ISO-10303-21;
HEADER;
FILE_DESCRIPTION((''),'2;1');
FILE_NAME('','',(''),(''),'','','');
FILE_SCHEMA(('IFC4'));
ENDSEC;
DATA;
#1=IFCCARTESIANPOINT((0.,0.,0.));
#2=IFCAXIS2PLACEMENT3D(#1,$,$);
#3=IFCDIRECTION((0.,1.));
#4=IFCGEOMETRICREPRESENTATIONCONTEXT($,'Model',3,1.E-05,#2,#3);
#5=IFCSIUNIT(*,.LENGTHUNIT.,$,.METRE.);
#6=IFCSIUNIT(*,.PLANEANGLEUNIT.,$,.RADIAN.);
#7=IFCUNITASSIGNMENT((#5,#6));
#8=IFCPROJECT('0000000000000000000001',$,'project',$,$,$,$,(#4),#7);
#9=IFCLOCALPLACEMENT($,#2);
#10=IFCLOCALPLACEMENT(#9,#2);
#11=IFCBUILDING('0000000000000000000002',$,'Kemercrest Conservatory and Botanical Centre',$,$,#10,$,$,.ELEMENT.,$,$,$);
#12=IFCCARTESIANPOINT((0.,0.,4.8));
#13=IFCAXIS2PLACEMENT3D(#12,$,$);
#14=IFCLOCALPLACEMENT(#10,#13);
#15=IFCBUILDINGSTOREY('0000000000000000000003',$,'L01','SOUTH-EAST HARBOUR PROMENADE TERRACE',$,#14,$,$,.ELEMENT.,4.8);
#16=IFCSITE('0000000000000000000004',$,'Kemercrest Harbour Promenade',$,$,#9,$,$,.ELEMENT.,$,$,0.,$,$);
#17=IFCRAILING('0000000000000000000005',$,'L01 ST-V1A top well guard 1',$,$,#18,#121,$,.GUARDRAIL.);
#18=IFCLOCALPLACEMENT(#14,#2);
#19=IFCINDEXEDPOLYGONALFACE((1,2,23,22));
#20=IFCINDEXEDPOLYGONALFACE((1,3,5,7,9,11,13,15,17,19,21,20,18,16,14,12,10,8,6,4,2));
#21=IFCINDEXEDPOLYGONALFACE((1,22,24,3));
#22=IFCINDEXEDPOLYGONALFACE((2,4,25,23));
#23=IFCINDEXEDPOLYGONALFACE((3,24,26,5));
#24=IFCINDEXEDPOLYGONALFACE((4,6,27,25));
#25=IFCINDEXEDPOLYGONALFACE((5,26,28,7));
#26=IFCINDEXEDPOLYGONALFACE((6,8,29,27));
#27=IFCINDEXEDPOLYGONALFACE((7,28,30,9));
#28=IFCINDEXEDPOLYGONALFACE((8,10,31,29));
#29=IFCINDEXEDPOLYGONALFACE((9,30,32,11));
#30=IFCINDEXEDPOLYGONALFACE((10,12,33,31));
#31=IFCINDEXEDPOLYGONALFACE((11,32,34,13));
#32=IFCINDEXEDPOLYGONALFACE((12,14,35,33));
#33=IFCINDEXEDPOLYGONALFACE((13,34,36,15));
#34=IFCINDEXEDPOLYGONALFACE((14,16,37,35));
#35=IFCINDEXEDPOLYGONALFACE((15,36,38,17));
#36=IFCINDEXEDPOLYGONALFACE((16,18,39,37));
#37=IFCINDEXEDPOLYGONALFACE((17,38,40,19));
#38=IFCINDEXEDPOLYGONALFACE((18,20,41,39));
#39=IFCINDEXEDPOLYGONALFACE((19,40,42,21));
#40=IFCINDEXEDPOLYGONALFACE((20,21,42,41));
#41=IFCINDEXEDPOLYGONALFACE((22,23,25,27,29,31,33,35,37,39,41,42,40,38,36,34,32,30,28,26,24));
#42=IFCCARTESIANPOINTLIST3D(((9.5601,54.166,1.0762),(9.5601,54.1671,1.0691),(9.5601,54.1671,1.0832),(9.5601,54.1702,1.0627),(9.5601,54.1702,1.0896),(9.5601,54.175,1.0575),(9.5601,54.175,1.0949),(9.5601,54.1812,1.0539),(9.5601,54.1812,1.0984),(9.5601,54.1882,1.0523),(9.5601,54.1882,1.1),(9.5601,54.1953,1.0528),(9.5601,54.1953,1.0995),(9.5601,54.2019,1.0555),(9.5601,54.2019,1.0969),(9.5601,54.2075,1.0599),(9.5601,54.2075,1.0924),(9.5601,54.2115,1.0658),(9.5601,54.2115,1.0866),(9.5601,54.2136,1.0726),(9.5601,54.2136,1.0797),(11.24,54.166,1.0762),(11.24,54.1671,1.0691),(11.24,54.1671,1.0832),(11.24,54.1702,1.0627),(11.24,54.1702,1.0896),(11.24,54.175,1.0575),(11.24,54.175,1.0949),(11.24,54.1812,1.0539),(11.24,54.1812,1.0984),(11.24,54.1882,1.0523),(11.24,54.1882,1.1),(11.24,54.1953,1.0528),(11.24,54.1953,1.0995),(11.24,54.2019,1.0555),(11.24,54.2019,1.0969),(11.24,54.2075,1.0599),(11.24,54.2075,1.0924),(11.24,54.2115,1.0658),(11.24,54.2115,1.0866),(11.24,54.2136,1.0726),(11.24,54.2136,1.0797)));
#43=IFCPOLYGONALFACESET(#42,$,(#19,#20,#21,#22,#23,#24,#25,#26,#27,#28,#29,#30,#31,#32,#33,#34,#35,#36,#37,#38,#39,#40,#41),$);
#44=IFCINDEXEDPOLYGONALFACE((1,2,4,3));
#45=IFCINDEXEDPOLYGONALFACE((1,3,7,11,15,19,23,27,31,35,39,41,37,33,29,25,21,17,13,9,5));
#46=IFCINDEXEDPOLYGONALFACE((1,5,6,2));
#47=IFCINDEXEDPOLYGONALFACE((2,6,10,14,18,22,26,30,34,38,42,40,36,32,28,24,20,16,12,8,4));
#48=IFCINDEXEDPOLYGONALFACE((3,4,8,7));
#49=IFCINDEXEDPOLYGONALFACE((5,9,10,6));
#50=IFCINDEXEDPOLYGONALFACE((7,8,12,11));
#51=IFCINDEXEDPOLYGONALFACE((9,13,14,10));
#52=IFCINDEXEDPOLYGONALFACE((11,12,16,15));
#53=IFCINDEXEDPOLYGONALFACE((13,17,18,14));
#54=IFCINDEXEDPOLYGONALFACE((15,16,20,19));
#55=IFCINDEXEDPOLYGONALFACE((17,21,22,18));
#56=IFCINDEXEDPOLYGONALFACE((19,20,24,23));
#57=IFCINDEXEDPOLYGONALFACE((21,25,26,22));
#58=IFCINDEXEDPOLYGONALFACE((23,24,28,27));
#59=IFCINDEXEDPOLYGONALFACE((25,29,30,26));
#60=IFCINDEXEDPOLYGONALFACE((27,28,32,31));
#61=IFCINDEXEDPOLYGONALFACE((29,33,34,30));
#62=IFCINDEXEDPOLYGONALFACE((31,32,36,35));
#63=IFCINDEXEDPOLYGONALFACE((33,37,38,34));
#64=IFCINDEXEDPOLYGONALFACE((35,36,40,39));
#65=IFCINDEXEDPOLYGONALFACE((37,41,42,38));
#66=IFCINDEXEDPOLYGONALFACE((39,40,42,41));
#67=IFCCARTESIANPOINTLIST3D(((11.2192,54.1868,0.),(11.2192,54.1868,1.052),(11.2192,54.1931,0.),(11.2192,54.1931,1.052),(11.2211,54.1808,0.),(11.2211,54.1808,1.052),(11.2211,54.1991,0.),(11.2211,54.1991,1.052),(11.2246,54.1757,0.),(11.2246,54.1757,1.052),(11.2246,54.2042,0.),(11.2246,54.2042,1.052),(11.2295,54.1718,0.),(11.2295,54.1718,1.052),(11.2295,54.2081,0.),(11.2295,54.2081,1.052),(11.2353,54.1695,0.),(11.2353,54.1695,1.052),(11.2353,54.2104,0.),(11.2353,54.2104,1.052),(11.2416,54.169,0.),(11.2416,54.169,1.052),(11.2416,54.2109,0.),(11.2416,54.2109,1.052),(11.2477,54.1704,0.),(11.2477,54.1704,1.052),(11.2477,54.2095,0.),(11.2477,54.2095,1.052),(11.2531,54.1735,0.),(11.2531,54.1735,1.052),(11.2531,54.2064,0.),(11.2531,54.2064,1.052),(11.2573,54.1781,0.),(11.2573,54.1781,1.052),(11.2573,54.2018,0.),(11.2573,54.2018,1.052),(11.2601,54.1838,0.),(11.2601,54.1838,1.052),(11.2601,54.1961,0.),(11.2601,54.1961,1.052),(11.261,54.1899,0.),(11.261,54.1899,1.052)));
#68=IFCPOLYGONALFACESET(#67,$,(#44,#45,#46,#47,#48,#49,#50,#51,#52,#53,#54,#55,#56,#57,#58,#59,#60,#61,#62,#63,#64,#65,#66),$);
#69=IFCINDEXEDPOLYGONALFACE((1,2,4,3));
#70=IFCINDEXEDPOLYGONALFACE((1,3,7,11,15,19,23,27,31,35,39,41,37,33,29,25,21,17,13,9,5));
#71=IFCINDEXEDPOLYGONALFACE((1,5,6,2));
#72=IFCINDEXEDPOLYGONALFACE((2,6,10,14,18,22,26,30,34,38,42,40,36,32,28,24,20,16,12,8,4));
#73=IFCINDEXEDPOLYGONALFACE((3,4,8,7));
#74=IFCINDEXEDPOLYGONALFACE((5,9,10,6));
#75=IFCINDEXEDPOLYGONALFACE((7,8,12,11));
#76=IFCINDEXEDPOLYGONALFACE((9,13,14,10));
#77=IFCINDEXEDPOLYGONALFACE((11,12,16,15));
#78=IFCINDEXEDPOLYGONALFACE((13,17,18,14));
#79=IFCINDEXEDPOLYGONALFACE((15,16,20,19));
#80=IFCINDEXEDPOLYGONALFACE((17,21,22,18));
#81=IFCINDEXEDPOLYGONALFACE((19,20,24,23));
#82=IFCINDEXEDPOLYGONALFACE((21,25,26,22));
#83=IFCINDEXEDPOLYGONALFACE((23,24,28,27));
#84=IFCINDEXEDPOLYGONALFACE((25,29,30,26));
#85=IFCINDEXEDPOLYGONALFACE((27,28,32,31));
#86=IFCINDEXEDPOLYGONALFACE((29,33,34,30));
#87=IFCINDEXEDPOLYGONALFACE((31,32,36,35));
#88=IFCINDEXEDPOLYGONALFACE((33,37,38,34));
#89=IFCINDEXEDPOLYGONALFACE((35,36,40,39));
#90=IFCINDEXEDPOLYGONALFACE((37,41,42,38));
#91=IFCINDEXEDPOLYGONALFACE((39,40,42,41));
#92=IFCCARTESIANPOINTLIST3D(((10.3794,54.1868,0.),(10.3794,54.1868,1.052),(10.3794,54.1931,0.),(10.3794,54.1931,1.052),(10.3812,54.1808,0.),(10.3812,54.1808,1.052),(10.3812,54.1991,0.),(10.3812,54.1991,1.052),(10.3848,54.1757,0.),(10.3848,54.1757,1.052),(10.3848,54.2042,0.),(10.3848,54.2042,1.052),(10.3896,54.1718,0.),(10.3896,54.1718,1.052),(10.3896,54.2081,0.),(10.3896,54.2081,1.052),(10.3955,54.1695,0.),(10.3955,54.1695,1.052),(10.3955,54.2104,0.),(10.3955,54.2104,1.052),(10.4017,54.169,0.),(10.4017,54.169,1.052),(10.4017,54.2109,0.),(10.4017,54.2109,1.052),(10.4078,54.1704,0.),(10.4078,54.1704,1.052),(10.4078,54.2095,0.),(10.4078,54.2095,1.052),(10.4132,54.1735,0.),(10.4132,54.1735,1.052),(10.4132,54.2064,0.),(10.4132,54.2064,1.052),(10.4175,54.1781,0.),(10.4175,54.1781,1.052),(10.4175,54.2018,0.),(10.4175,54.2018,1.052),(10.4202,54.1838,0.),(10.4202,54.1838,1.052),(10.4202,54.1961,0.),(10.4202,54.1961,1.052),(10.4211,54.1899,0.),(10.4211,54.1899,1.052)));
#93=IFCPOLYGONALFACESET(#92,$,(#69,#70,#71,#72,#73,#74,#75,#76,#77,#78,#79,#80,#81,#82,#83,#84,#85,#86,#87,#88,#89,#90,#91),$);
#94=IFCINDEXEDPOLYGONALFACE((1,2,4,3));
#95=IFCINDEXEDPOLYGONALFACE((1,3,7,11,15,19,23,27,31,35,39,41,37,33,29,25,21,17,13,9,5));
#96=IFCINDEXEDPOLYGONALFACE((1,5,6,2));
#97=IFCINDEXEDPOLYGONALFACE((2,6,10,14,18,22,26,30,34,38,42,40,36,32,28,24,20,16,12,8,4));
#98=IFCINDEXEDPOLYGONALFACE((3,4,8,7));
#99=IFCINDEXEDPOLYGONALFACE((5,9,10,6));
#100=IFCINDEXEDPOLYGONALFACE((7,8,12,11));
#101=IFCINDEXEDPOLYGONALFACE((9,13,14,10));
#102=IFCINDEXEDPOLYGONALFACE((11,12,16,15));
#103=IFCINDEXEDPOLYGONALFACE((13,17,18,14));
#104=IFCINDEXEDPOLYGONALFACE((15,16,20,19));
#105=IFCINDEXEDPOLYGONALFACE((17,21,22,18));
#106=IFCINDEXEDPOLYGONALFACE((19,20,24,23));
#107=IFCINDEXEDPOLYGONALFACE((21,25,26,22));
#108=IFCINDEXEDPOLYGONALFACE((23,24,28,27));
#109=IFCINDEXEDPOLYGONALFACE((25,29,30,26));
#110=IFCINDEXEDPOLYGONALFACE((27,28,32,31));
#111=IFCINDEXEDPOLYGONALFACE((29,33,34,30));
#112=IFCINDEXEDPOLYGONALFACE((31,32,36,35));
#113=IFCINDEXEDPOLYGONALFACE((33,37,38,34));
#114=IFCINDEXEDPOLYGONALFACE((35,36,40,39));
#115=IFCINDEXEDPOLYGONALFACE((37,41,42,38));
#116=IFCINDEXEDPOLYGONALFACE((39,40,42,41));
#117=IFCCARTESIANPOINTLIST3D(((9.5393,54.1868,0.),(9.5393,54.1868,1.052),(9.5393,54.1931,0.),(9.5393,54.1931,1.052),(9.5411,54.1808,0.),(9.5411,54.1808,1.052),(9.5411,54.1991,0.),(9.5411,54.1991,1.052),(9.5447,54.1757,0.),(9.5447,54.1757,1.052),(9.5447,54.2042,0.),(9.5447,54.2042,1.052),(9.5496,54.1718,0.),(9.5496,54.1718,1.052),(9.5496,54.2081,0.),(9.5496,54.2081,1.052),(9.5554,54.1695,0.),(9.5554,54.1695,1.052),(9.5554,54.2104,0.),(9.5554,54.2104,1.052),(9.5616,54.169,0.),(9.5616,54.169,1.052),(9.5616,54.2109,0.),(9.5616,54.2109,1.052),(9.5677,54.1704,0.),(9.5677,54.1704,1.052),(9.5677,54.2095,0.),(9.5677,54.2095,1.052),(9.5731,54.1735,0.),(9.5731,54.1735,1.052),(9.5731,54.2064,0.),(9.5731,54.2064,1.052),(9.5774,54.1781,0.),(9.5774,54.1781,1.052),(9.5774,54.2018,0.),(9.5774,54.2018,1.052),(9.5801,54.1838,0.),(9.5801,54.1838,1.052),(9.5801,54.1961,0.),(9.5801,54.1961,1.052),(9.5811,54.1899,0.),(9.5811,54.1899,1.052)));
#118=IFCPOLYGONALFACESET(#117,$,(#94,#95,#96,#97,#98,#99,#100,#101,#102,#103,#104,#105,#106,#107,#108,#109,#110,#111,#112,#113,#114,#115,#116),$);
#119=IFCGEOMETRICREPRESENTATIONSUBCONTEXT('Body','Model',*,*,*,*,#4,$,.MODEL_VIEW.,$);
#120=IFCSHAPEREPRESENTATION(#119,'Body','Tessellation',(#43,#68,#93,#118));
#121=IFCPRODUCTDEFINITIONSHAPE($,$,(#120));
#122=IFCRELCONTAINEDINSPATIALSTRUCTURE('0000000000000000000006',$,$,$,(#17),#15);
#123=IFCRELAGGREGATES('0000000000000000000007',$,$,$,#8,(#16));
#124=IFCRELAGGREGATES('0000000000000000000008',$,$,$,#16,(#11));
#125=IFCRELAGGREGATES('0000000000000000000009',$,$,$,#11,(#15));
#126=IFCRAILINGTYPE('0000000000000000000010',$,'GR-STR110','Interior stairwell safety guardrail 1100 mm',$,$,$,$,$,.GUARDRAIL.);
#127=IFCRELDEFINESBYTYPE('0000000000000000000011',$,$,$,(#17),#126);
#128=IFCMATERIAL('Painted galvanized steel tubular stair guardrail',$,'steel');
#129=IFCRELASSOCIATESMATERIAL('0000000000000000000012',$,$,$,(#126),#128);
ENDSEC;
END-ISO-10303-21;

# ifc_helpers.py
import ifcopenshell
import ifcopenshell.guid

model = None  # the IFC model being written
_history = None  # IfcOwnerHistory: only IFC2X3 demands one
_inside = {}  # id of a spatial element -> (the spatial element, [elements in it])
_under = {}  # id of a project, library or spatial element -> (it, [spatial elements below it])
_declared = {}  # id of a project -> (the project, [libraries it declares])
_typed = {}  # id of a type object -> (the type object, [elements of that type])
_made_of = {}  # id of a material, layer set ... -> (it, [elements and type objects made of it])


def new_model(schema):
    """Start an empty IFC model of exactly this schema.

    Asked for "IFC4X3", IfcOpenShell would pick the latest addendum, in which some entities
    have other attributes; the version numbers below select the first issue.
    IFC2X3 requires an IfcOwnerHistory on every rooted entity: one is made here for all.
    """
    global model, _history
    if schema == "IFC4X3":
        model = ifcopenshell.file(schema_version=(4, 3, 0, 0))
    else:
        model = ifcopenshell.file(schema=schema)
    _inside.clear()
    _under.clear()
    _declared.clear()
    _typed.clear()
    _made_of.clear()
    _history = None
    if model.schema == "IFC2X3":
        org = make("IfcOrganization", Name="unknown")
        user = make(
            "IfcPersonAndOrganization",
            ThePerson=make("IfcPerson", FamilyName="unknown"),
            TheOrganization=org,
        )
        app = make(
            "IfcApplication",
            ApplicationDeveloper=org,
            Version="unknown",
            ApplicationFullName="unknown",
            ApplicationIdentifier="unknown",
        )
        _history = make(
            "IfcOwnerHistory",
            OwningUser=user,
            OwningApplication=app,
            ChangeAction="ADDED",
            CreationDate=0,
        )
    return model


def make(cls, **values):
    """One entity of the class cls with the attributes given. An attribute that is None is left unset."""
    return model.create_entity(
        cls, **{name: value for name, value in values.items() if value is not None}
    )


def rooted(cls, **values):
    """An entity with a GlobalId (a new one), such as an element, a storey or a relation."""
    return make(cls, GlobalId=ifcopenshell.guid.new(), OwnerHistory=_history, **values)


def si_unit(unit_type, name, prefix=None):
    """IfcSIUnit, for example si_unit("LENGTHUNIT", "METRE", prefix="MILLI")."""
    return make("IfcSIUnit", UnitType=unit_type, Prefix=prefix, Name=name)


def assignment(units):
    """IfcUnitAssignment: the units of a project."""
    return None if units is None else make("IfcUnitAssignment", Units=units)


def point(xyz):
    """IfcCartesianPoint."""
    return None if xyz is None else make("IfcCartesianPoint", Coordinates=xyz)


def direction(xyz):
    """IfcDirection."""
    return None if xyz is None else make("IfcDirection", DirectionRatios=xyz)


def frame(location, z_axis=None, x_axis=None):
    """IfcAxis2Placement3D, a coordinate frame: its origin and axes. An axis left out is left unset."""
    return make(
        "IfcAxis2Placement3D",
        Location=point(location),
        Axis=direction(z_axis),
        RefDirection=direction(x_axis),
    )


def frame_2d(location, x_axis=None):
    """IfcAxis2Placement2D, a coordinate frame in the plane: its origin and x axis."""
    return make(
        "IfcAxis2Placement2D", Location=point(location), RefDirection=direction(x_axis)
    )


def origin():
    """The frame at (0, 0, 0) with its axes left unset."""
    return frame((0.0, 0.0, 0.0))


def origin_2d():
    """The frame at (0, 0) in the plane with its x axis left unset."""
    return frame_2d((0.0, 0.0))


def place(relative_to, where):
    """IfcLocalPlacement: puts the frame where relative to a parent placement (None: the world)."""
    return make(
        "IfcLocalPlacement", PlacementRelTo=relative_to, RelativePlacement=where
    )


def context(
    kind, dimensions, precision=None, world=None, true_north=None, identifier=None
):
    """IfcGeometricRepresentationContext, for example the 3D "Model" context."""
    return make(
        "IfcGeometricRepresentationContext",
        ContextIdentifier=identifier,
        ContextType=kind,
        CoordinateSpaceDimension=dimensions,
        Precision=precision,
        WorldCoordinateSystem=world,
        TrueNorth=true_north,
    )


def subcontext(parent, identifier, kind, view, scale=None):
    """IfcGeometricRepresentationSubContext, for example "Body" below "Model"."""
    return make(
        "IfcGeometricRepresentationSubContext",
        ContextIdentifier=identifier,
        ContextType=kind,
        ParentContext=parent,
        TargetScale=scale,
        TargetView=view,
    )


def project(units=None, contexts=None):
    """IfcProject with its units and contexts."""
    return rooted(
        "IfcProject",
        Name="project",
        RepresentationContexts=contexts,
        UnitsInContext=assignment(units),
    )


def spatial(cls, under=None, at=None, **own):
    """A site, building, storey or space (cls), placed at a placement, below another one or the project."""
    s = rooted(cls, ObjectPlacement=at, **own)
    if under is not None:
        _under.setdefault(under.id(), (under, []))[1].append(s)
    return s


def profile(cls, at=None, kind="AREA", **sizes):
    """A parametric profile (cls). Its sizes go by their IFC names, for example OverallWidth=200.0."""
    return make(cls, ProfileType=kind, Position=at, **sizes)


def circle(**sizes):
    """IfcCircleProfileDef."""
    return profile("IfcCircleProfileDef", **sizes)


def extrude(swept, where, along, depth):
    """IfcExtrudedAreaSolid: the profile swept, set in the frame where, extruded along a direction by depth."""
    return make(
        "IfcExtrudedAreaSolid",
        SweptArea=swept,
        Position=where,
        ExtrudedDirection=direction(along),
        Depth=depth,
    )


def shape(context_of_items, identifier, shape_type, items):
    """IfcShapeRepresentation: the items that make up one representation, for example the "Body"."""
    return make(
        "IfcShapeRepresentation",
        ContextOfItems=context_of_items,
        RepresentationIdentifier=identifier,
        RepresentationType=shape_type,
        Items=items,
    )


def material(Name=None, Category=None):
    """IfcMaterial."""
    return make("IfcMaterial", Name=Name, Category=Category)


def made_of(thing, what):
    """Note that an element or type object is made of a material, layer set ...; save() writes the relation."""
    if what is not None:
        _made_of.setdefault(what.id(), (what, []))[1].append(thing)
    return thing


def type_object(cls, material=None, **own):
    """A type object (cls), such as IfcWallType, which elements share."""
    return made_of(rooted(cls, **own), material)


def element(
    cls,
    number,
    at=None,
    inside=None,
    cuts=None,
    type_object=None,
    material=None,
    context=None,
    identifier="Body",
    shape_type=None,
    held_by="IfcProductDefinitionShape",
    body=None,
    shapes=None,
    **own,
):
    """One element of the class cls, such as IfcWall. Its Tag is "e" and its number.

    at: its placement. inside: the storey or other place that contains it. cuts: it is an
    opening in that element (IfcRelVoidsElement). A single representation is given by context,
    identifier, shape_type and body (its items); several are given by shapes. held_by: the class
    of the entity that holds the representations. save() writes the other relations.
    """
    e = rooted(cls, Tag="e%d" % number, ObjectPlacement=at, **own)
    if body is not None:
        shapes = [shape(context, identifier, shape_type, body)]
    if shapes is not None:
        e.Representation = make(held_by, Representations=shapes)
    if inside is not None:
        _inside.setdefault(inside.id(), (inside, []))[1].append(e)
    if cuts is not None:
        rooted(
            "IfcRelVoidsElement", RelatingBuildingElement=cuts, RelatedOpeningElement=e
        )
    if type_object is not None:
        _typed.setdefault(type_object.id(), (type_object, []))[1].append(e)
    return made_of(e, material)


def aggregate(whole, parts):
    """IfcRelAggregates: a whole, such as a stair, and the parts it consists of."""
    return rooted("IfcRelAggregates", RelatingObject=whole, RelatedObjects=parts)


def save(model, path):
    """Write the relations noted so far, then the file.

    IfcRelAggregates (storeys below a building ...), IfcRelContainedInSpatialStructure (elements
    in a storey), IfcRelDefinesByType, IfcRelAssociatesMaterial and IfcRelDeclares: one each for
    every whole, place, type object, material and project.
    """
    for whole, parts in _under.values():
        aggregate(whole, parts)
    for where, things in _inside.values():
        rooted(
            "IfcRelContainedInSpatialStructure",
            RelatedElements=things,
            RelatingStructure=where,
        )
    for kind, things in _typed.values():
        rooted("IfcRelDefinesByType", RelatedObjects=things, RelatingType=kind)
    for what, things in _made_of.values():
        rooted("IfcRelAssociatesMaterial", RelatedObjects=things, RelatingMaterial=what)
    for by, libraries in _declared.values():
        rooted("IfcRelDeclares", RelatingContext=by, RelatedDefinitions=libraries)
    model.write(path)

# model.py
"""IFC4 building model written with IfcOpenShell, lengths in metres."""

from ifc_helpers import new_model, si_unit, direction, frame, origin, origin_2d, place, context, subcontext, project, spatial, circle, extrude, material, type_object, element, save


model = new_model("IFC4")

# Units and contexts
model_context = context("Model", 3, precision=1e-05, world=origin(), true_north=direction((0.0, 1.0)))
body_context = subcontext(model_context, "Body", "Model", "MODEL_VIEW")
ifc_project = project(units=[si_unit("LENGTHUNIT", "METRE"), si_unit("PLANEANGLEUNIT", "RADIAN")], contexts=[model_context])

# Site, building, storey
site_placement = place(None, origin())
site = spatial("IfcSite", under=ifc_project, at=site_placement, Name="Kemercrest Harbour Promenade", CompositionType="ELEMENT", RefElevation=0.0)
building_placement = place(site_placement, origin())
building = spatial("IfcBuilding", under=site, at=building_placement, Name="Kemercrest Conservatory and Botanical Centre", CompositionType="ELEMENT")
storey_placement = place(building_placement, frame((0.0, 0.0, 4.8)))
storey = spatial("IfcBuildingStorey", under=building, at=storey_placement, Name="L01", Description="SOUTH-EAST HARBOUR PROMENADE TERRACE", CompositionType="ELEMENT", Elevation=4.8)

# Railing
ifc_material_1 = material(Name="Painted galvanized steel tubular stair guardrail", Category="steel")
railing_type = type_object("IfcRailingType", Name="GR-STR110", Description="Interior stairwell safety guardrail 1100 mm", PredefinedType="GUARDRAIL", material=ifc_material_1)
railing_placement = place(storey_placement, frame((11.24, 54.1899, 0.0)))
element("IfcRailing", 1, at=railing_placement, inside=storey, type_object=railing_type, Name="L01 ST-V1A top well guard 1", PredefinedType="GUARDRAIL", context=body_context, shape_type="SweptSolid", body=[
    extrude(circle(Radius=0.0239, at=origin_2d()), frame((0.0, 0.0, 1.0762), z_axis=(-1.0, 0.0, 0.0), x_axis=(0.0, -1.0, 0.0)), (0.0, 0.0, 1.0), 1.6799),
    extrude(circle(Radius=0.021, at=origin_2d()), origin(), (0.0, 0.0, 1.0), 1.052),
    extrude(circle(Radius=0.021, at=origin_2d()), frame((-0.8398, 0.0, 0.0)), (0.0, 0.0, 1.0), 1.052),
    extrude(circle(Radius=0.021, at=origin_2d()), frame((-1.6799, 0.0, 0.0)), (0.0, 0.0, 1.0), 1.052),
])

save(model, "model.ifc")
